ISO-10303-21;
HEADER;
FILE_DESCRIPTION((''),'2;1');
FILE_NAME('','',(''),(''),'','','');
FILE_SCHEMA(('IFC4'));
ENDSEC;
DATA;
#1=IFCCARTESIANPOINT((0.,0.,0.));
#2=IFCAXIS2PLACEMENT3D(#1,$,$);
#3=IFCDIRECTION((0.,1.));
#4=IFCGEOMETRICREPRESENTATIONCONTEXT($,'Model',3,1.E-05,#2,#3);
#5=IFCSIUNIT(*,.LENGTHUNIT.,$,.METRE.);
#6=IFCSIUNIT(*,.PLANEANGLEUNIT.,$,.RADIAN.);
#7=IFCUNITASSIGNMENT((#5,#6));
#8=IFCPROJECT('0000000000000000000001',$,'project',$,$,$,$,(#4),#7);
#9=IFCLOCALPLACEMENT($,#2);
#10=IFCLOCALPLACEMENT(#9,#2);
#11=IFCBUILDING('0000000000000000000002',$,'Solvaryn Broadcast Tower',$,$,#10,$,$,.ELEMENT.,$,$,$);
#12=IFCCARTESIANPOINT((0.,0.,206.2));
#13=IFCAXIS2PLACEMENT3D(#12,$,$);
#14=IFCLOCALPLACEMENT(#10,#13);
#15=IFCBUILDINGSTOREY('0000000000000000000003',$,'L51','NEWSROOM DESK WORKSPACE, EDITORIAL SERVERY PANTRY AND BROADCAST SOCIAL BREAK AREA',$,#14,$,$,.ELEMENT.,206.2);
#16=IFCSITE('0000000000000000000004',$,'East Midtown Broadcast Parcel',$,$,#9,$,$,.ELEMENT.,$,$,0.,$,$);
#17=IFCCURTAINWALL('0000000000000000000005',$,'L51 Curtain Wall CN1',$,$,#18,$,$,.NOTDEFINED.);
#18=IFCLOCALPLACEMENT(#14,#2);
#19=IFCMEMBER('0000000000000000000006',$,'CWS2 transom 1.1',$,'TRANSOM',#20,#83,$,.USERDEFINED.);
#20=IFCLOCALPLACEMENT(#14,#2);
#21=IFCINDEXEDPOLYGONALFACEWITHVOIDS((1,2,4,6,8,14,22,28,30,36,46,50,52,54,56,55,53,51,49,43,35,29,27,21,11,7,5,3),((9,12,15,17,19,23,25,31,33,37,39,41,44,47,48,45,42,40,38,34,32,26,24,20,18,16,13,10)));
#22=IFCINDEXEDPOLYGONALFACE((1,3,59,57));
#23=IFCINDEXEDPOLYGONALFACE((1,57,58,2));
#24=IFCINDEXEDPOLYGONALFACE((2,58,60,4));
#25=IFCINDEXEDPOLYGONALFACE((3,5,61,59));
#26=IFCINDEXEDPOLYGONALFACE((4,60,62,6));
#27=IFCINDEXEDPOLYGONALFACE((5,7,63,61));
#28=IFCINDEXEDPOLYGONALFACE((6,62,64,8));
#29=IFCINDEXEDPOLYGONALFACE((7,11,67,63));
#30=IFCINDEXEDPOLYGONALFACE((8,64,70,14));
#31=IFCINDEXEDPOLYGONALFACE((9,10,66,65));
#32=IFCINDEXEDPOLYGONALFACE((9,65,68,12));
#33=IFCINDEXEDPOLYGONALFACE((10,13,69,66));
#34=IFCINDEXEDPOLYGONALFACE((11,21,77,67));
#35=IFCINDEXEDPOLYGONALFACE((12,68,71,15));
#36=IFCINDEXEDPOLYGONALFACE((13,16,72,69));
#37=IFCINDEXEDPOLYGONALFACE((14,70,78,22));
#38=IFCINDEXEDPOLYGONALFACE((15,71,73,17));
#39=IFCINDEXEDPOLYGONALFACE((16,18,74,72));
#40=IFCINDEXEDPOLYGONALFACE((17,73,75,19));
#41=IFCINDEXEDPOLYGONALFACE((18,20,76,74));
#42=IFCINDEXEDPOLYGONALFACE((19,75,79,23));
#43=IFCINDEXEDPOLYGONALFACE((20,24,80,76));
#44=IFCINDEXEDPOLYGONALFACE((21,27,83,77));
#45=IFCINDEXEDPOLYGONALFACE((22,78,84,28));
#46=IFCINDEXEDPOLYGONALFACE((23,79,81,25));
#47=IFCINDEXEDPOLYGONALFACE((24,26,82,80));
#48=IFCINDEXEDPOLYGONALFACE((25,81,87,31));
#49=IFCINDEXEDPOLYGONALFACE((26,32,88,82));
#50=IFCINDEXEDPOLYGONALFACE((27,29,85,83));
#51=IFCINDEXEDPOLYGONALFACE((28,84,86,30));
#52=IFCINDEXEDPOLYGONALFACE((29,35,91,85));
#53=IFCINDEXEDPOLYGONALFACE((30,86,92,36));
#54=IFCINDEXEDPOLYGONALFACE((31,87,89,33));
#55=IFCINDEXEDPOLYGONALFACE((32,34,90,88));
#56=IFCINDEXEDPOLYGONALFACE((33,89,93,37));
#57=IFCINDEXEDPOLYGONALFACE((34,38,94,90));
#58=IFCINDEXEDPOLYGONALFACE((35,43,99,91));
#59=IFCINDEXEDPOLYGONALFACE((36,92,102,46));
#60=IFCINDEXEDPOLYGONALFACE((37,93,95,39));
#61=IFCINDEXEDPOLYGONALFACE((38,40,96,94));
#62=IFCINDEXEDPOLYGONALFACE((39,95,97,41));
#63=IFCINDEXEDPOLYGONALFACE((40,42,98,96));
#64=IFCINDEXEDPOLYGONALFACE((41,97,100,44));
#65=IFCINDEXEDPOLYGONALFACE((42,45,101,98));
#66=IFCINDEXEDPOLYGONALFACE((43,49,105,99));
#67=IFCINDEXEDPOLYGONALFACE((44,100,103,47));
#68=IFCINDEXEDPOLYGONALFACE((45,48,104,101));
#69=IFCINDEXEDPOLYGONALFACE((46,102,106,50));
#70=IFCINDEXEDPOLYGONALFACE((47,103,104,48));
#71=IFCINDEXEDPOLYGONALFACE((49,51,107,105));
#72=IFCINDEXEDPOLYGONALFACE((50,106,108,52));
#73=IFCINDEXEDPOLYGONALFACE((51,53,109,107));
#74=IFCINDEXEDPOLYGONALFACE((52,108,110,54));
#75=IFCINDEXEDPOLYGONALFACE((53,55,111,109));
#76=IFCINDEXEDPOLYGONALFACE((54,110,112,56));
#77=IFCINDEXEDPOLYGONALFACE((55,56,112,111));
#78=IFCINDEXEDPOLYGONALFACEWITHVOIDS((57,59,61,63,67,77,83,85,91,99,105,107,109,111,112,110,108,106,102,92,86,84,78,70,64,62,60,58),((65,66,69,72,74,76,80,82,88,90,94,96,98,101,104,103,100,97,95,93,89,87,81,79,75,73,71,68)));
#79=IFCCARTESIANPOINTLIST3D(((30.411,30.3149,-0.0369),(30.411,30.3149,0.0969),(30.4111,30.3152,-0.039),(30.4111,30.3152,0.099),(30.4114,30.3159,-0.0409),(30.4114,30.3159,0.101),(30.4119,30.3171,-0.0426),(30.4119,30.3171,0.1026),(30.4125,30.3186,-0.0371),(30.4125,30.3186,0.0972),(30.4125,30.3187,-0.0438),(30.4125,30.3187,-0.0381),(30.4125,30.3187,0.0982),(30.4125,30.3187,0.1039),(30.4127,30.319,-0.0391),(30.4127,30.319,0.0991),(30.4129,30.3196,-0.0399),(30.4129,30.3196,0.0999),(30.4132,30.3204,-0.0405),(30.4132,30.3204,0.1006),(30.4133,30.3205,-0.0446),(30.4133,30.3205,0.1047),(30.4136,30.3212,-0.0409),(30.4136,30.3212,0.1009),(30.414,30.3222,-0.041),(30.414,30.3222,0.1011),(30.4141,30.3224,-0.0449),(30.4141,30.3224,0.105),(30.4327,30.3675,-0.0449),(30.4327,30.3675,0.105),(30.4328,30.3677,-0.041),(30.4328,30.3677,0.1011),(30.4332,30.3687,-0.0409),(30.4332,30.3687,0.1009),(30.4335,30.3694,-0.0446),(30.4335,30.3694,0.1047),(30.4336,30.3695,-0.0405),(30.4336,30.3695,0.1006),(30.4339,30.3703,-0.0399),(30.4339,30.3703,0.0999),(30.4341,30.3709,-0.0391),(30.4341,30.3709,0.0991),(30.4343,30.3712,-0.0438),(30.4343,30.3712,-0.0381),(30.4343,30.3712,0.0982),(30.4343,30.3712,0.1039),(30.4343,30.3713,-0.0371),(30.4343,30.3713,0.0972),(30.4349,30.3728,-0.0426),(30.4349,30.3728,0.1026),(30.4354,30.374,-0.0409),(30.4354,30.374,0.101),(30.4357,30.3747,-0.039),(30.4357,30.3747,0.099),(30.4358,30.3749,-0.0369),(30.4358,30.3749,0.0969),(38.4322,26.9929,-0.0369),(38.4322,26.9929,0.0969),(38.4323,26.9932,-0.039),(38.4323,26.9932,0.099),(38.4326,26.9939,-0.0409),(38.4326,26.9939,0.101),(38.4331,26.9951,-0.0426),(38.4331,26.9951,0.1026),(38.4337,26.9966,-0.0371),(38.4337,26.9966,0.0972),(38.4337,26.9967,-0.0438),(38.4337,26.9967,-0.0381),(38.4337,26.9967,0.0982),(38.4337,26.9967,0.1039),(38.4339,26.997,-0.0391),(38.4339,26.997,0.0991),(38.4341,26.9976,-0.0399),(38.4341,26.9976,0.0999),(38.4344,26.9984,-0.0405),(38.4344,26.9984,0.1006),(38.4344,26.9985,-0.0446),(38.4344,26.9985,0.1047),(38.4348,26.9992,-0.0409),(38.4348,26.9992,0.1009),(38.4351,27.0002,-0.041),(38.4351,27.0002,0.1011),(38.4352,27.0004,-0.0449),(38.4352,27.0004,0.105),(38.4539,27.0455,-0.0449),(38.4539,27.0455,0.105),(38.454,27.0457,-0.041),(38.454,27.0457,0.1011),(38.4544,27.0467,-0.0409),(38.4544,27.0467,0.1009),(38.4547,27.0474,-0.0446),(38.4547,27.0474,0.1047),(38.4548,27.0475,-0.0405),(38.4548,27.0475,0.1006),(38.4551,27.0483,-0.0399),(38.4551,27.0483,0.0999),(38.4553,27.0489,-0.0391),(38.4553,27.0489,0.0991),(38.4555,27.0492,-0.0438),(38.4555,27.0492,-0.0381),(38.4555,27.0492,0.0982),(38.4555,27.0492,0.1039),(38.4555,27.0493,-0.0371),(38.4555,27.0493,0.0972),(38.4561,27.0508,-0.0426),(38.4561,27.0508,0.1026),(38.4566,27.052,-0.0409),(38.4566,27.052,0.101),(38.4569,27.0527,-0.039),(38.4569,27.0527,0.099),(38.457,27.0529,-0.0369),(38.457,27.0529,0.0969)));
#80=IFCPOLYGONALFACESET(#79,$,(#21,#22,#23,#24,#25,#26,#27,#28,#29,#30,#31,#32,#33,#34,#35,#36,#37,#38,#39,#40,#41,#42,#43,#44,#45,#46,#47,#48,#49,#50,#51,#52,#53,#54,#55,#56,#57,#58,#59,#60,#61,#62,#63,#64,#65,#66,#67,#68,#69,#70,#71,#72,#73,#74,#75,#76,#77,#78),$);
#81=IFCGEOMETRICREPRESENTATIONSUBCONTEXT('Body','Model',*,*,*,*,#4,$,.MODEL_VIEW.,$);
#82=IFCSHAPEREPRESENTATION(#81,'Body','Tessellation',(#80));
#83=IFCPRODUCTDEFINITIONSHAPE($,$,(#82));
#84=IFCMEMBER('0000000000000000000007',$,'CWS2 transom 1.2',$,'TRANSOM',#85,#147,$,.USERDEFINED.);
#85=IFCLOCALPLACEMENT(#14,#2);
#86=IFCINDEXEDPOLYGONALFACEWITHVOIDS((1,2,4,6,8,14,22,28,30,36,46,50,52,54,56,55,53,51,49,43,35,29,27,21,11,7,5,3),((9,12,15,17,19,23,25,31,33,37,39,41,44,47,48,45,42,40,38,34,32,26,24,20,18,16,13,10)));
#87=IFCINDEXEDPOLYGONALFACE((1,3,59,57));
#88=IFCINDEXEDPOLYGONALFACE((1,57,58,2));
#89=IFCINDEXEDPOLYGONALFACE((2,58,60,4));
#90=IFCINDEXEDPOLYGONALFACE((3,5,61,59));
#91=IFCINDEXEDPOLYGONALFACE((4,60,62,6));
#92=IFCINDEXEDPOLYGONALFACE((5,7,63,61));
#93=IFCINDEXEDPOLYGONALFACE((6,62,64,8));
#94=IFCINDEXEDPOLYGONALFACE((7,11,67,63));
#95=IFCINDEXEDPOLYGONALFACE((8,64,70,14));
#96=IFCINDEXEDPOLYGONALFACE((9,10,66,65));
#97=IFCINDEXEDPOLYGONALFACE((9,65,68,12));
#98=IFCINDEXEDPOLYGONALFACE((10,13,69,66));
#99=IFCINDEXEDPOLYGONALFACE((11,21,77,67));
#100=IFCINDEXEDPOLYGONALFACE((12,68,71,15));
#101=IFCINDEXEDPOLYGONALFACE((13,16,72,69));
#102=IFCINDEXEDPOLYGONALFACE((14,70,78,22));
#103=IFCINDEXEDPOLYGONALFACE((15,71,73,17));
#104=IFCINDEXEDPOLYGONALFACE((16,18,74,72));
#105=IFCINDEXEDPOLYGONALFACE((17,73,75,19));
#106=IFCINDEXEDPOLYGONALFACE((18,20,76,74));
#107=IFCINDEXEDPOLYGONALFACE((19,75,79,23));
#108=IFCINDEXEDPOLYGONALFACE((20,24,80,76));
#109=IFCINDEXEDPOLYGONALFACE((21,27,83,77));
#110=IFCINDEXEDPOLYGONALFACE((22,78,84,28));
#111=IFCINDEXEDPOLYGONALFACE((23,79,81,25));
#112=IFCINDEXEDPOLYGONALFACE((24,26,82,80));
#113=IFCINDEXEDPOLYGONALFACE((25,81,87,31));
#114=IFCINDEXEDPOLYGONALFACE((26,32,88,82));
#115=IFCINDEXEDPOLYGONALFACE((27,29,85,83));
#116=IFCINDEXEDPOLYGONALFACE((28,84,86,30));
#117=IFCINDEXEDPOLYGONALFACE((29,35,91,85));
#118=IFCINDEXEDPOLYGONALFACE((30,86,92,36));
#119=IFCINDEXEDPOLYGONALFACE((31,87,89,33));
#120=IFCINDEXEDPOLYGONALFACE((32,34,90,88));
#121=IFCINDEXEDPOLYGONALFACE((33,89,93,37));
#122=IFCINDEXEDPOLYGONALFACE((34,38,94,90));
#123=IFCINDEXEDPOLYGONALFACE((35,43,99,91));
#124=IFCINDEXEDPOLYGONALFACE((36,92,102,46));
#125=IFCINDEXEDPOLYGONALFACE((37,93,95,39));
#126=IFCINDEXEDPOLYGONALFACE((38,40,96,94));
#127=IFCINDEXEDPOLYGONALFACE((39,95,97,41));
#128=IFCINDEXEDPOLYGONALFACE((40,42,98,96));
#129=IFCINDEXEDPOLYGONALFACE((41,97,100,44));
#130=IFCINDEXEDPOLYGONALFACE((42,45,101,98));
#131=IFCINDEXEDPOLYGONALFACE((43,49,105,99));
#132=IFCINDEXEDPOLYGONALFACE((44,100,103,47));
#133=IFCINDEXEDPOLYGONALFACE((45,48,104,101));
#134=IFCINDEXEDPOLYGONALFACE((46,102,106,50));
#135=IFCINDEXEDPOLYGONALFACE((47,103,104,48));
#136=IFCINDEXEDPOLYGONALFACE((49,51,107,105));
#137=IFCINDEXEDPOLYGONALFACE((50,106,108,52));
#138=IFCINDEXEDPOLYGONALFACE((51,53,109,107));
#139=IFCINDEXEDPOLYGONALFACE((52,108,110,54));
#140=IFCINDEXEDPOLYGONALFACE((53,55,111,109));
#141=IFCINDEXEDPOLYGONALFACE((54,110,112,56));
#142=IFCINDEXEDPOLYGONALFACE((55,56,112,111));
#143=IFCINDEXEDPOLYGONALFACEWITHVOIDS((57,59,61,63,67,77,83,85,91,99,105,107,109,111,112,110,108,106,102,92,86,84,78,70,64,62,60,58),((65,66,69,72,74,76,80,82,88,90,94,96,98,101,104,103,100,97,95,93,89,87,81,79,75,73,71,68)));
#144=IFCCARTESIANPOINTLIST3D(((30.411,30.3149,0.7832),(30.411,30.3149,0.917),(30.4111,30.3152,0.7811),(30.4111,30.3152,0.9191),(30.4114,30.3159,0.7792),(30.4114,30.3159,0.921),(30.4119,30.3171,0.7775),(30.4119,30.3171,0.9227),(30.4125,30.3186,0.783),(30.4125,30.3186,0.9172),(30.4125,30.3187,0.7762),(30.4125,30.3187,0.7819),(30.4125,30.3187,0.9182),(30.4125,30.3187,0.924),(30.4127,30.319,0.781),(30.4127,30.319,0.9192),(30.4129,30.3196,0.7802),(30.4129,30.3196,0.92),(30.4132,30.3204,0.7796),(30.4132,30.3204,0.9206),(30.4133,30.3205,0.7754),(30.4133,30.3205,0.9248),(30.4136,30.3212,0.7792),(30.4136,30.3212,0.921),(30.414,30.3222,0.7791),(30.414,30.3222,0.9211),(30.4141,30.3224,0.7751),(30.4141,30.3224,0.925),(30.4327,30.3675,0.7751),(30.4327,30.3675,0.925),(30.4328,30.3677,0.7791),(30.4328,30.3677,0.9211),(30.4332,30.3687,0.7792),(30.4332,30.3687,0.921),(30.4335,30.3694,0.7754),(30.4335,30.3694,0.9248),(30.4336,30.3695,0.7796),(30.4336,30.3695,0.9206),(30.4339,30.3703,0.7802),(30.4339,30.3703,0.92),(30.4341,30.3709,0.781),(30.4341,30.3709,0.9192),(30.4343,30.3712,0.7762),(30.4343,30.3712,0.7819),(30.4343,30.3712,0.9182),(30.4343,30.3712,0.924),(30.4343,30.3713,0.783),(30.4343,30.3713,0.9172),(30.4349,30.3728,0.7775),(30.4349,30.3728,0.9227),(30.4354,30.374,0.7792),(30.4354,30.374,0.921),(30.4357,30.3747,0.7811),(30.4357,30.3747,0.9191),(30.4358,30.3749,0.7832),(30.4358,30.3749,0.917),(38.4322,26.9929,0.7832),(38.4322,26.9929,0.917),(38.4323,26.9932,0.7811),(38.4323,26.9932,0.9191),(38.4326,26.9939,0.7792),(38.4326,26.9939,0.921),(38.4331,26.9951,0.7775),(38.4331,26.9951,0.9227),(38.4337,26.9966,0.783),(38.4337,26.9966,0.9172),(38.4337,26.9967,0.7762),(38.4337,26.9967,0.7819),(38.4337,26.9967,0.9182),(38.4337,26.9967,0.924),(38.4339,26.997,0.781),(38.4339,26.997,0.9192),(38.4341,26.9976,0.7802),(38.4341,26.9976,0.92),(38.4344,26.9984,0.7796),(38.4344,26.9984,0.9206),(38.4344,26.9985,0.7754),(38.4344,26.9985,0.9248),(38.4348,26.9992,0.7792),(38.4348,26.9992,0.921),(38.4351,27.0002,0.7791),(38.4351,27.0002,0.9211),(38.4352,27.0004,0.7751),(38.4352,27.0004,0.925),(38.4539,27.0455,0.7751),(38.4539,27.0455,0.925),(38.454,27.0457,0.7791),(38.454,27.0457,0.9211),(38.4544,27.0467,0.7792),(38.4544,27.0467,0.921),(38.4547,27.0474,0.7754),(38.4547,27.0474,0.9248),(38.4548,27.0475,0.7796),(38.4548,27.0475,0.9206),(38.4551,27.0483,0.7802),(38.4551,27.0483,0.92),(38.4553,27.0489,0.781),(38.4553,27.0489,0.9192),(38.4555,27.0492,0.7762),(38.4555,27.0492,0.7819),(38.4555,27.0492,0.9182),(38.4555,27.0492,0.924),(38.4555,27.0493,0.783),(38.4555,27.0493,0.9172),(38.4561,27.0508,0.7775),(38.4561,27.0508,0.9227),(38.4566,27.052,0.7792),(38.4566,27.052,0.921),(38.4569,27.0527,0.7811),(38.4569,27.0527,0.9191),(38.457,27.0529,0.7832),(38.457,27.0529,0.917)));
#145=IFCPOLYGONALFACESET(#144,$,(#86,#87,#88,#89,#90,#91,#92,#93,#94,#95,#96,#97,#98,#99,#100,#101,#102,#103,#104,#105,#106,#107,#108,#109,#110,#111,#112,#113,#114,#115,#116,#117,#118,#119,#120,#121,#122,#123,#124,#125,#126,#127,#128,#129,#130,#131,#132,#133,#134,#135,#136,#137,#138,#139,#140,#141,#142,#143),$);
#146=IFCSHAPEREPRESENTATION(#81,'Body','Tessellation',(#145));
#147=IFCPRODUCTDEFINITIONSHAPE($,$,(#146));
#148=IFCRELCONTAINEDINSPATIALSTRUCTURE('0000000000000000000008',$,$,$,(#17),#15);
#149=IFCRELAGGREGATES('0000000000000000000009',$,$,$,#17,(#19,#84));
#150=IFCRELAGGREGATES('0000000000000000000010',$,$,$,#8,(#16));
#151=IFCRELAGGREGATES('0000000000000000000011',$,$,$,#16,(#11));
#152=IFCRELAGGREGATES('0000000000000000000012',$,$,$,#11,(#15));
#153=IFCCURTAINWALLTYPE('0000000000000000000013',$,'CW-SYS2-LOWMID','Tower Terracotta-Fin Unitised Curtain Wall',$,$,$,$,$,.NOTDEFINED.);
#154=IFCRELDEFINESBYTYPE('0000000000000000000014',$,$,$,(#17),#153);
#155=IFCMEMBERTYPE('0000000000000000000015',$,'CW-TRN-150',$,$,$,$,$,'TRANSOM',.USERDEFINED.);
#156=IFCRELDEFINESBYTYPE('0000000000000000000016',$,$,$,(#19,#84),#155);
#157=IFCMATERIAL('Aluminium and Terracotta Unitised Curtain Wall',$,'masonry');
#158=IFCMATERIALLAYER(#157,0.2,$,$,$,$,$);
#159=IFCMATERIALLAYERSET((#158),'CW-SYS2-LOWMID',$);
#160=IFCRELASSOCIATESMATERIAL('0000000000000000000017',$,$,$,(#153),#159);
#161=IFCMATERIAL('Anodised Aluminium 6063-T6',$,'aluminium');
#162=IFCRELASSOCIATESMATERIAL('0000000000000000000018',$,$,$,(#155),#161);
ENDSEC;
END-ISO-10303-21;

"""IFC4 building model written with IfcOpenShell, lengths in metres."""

from ifc_helpers import new_model, si_unit, direction, frame, origin, origin_2d, place, context, subcontext, project, spatial, hollow_rectangle, extrude, material, layer, layer_set, material_profile, profile_set, type_object, element, aggregate, save


model = new_model("IFC4")

# Units and contexts
model_context = context("Model", 3, precision=1e-05, world=origin(), true_north=direction((0.0, 1.0)))
body_context = subcontext(model_context, "Body", "Model", "MODEL_VIEW")
ifc_project = project(units=[si_unit("LENGTHUNIT", "METRE"), si_unit("PLANEANGLEUNIT", "RADIAN")], contexts=[model_context])

# Site, building, storey
site_placement = place(None, origin())
site = spatial("IfcSite", under=ifc_project, at=site_placement, Name="East Midtown Broadcast Parcel", CompositionType="ELEMENT", RefElevation=0.0)
building_placement = place(site_placement, origin())
building = spatial("IfcBuilding", under=site, at=building_placement, Name="Solvaryn Broadcast Tower", CompositionType="ELEMENT")
storey_placement = place(building_placement, frame((0.0, 0.0, 206.2)))
storey = spatial("IfcBuildingStorey", under=building, at=storey_placement, Name="L51", Description="NEWSROOM DESK WORKSPACE, EDITORIAL SERVERY PANTRY AND BROADCAST SOCIAL BREAK AREA", CompositionType="ELEMENT", Elevation=206.2)

# Curtain wall
ifc_material_1 = material(Name="Aluminium and Terracotta Unitised Curtain Wall", Category="masonry")
ifc_layer_1 = layer(ifc_material_1, 0.2)
ifc_layer_set_1 = layer_set([ifc_layer_1], Name="CW-SYS2-LOWMID")
curtain_wall_type = type_object("IfcCurtainWallType", Name="CW-SYS2-LOWMID", Description="Tower Terracotta-Fin Unitised Curtain Wall", PredefinedType="NOTDEFINED", material=ifc_layer_set_1)
curtain_wall_1_placement = place(storey_placement, origin())
curtain_wall_1 = element("IfcCurtainWall", 1, at=curtain_wall_1_placement, inside=storey, type_object=curtain_wall_type, Name="L51 Curtain Wall CN1", PredefinedType="NOTDEFINED")

# Members
ifc_material_2 = material(Name="Anodised Aluminium 6063-T6", Category="aluminium")
ifc_material_profile_1 = material_profile(ifc_material_2, hollow_rectangle(XDim=0.0649, YDim=0.1499, WallThickness=0.0039, InnerFilletRadius=0.0039, OuterFilletRadius=0.0081, at=origin_2d()))
ifc_profile_set_1 = profile_set([ifc_material_profile_1], Name="Anodised Aluminium 6063-T6")
member_type_1 = type_object("IfcMemberType", Name="CW-TRN-150", ElementType="TRANSOM", PredefinedType="USERDEFINED", material=ifc_profile_set_1)
member_1_placement = place(storey_placement, frame((38.4446, 27.0229, 0.03), z_axis=(-0.923899, 0.382636, 0.0), x_axis=(-0.382636, -0.923899, 0.0)))
member_1 = element("IfcMember", 2, at=member_1_placement, type_object=member_type_1, Name="CWS2 transom 1.1", ObjectType="TRANSOM", PredefinedType="USERDEFINED", context=body_context, shape_type="SweptSolid", body=[
    extrude(hollow_rectangle(XDim=0.0649, YDim=0.1499, WallThickness=0.0039, InnerFilletRadius=0.0039, OuterFilletRadius=0.0081, at=origin_2d()), origin(), (0.0, 0.0, 1.0), 8.6819),
])
member_2_placement = place(storey_placement, frame((38.4446, 27.0229, 0.8501), z_axis=(-0.923899, 0.382636, 0.0), x_axis=(-0.382636, -0.923899, 0.0)))
member_2 = element("IfcMember", 3, at=member_2_placement, type_object=member_type_1, Name="CWS2 transom 1.2", ObjectType="TRANSOM", PredefinedType="USERDEFINED", context=body_context, shape_type="SweptSolid", body=[
    extrude(hollow_rectangle(XDim=0.0649, YDim=0.1499, WallThickness=0.0039, InnerFilletRadius=0.0039, OuterFilletRadius=0.0081, at=origin_2d()), origin(), (0.0, 0.0, 1.0), 8.6819),
])
aggregate(curtain_wall_1, [member_1, member_2])

save(model, "model.ifc")
